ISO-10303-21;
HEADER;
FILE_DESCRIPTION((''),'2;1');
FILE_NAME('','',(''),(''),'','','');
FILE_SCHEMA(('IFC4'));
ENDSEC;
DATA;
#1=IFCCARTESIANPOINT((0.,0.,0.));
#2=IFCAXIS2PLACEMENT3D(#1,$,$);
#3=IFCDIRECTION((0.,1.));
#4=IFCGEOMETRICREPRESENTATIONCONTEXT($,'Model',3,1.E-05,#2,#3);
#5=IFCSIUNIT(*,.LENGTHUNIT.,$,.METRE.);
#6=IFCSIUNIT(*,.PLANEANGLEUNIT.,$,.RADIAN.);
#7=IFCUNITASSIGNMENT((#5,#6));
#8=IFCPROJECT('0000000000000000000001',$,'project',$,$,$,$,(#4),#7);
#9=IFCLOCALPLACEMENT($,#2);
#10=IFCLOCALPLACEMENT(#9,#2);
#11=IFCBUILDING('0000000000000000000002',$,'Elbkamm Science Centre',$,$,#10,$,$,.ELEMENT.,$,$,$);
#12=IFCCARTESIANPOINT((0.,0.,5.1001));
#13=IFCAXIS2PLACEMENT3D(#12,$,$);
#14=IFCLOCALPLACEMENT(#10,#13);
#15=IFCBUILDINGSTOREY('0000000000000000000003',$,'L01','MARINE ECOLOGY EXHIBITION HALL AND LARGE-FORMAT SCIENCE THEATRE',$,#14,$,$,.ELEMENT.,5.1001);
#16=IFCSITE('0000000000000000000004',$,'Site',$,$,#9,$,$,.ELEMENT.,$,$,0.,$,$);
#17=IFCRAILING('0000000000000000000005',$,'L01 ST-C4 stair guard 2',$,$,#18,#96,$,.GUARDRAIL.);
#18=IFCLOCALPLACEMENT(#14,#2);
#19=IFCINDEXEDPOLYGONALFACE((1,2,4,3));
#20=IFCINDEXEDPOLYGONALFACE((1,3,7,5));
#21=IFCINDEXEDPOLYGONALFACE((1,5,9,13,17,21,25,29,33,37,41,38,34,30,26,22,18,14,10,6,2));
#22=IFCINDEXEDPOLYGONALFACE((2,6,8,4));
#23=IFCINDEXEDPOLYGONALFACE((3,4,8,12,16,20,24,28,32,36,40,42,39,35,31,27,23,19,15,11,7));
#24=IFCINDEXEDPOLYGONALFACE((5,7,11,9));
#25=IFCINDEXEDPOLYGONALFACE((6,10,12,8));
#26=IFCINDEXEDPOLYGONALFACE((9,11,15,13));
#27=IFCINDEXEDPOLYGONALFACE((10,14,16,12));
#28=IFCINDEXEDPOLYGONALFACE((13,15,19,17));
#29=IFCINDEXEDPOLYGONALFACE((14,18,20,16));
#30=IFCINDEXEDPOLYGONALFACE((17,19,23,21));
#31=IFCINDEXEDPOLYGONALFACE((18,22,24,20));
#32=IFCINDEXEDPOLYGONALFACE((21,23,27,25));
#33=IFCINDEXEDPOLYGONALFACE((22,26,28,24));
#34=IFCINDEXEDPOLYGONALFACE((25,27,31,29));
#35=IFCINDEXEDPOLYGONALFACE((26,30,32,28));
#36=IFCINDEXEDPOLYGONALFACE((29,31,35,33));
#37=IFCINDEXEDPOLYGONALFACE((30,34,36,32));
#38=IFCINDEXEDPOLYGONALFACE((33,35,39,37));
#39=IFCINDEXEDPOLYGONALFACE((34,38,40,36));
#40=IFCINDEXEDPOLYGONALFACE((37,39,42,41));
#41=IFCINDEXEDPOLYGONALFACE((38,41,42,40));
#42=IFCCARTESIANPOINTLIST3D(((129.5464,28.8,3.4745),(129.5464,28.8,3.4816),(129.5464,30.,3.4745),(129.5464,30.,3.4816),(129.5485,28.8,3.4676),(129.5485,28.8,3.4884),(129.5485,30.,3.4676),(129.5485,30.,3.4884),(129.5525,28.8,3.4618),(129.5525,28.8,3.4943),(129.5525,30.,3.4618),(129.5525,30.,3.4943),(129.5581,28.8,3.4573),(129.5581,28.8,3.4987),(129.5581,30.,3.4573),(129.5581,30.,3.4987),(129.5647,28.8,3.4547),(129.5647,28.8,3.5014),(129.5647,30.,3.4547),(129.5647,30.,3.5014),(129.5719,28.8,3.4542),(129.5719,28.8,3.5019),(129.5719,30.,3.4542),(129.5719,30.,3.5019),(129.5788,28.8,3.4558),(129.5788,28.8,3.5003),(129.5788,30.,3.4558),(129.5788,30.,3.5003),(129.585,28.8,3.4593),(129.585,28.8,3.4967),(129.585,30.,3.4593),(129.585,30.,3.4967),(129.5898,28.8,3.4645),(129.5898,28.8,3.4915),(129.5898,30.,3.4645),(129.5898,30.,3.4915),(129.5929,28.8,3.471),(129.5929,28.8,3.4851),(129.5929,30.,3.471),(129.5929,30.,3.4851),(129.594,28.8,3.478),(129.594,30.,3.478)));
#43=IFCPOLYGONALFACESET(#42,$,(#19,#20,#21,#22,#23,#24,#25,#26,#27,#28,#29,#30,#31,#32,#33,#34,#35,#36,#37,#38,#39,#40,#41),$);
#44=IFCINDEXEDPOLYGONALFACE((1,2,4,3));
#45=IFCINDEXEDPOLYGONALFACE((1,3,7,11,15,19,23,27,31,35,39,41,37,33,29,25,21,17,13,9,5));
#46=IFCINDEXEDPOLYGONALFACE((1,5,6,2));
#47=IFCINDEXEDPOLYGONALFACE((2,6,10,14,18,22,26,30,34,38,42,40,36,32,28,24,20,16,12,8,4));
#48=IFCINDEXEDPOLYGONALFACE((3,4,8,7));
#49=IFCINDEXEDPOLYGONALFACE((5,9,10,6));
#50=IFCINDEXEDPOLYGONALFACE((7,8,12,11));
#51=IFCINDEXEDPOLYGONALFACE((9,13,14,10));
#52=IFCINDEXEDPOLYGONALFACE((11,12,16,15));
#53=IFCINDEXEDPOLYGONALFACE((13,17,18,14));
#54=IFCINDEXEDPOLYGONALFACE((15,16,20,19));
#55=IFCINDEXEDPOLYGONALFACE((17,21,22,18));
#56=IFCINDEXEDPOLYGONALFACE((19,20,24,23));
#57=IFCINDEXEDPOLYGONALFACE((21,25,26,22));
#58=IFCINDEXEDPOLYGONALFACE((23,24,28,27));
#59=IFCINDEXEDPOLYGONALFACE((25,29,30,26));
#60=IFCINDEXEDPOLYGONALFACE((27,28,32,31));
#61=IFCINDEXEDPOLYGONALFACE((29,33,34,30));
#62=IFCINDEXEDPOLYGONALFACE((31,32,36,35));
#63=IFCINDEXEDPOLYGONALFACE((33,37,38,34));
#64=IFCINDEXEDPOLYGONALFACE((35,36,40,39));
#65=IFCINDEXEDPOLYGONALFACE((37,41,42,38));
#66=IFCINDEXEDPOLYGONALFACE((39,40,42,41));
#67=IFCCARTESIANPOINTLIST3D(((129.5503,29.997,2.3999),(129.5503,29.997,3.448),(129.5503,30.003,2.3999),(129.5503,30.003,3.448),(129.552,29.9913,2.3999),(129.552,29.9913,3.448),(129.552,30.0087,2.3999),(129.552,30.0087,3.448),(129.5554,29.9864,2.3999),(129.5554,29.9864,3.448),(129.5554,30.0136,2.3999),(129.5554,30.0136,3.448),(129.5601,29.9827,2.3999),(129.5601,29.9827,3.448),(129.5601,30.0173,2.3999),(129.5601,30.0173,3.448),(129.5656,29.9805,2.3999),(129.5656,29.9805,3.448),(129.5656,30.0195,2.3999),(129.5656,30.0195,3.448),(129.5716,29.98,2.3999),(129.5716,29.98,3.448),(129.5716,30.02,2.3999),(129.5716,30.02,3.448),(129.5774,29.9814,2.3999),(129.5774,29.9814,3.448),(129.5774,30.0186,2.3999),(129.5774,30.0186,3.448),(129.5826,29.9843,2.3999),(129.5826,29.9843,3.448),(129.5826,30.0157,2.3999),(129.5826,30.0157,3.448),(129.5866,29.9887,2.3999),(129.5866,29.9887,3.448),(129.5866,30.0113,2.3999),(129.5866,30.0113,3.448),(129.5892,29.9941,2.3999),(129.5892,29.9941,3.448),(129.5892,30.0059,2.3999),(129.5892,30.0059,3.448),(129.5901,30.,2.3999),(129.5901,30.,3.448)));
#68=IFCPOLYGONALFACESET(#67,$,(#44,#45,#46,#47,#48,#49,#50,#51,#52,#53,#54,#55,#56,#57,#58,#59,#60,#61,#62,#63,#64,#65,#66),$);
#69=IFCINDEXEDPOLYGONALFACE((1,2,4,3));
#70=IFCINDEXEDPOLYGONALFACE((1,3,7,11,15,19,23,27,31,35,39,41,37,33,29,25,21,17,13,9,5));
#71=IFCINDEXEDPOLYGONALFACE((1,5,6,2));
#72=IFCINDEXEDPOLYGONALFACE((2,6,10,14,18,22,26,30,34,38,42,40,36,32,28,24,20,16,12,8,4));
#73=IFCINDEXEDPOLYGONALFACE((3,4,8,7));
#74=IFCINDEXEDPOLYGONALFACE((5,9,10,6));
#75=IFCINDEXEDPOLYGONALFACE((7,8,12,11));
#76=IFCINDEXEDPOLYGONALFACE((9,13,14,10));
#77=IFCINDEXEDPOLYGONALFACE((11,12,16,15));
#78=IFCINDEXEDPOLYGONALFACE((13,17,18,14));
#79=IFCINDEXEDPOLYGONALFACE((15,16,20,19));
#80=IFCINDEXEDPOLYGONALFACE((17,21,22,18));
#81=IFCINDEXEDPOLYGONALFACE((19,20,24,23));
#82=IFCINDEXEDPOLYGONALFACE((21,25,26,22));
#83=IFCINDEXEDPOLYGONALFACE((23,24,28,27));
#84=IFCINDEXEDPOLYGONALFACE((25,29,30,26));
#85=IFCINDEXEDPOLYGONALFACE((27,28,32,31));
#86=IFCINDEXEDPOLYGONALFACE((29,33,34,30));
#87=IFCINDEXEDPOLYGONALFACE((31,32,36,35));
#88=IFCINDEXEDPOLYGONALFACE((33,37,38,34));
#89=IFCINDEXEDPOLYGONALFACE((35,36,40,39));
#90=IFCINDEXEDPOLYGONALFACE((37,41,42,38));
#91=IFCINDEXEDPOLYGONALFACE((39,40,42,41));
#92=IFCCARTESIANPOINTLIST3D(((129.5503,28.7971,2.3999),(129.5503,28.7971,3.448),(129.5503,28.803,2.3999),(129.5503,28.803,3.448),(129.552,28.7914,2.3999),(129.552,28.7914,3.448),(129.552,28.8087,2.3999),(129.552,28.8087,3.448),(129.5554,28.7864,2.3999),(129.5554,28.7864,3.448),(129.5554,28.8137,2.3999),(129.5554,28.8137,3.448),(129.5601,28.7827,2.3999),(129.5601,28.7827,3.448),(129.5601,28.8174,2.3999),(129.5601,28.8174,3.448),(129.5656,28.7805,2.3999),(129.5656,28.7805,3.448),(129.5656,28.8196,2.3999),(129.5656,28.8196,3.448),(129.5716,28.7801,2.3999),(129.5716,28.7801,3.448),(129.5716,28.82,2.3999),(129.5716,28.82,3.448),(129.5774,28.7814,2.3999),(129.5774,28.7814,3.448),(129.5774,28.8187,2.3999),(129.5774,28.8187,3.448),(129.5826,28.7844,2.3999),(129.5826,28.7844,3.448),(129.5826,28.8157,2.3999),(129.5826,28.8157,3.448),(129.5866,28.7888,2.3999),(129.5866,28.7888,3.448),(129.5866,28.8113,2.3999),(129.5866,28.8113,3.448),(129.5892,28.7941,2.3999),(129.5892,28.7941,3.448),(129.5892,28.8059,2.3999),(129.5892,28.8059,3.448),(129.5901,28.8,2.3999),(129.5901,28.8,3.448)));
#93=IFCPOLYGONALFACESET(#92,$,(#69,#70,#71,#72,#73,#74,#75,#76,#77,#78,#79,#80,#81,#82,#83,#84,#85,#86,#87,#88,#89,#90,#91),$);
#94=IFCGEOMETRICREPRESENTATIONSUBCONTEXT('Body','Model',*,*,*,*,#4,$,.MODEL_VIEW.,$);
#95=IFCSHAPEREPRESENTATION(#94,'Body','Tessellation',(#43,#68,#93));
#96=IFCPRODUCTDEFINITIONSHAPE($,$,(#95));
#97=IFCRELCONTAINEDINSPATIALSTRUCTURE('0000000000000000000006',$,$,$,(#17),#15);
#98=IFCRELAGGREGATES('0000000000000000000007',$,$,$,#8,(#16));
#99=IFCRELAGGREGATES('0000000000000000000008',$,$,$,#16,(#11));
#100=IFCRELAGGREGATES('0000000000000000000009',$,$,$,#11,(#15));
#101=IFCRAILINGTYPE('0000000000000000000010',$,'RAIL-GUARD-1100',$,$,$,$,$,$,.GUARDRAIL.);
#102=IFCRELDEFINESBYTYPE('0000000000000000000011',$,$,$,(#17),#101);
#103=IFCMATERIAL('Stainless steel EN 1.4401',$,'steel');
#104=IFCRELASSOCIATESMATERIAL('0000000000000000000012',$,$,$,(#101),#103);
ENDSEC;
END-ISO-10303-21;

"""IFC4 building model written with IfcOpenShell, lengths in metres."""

from ifc_helpers import new_model, si_unit, direction, frame, origin, origin_2d, place, context, subcontext, project, spatial, circle, extrude, material, type_object, element, save


model = new_model("IFC4")

# Units and contexts
model_context = context("Model", 3, precision=1e-05, world=origin(), true_north=direction((0.0, 1.0)))
body_context = subcontext(model_context, "Body", "Model", "MODEL_VIEW")
ifc_project = project(units=[si_unit("LENGTHUNIT", "METRE"), si_unit("PLANEANGLEUNIT", "RADIAN")], contexts=[model_context])

# Site, building, storey
site_placement = place(None, origin())
site = spatial("IfcSite", under=ifc_project, at=site_placement, Name="Site", CompositionType="ELEMENT", RefElevation=0.0)
building_placement = place(site_placement, origin())
building = spatial("IfcBuilding", under=site, at=building_placement, Name="Elbkamm Science Centre", CompositionType="ELEMENT")
storey_placement = place(building_placement, frame((0.0, 0.0, 5.1001)))
storey = spatial("IfcBuildingStorey", under=building, at=storey_placement, Name="L01", Description="MARINE ECOLOGY EXHIBITION HALL AND LARGE-FORMAT SCIENCE THEATRE", CompositionType="ELEMENT", Elevation=5.1001)

# Railing
ifc_material_1 = material(Name="Stainless steel EN 1.4401", Category="steel")
railing_type_1 = type_object("IfcRailingType", Name="RAIL-GUARD-1100", PredefinedType="GUARDRAIL", material=ifc_material_1)
railing_1_placement = place(storey_placement, frame((129.5701, 30.0, 2.3999)))
element("IfcRailing", 1, at=railing_1_placement, inside=storey, type_object=railing_type_1, Name="L01 ST-C4 stair guard 2", PredefinedType="GUARDRAIL", context=body_context, shape_type="SweptSolid", body=[
    extrude(circle(Radius=0.0239, at=origin_2d()), frame((0.0, 0.0, 1.0781), z_axis=(0.0, -1.0, 0.0), x_axis=(1.0, 0.0, 0.0)), (0.0, 0.0, 1.0), 1.2),
    extrude(circle(Radius=0.02, at=origin_2d()), origin(), (0.0, 0.0, 1.0), 1.0481),
    extrude(circle(Radius=0.02, at=origin_2d()), frame((0.0, -1.2, 0.0)), (0.0, 0.0, 1.0), 1.0481),
])

save(model, "model.ifc")
